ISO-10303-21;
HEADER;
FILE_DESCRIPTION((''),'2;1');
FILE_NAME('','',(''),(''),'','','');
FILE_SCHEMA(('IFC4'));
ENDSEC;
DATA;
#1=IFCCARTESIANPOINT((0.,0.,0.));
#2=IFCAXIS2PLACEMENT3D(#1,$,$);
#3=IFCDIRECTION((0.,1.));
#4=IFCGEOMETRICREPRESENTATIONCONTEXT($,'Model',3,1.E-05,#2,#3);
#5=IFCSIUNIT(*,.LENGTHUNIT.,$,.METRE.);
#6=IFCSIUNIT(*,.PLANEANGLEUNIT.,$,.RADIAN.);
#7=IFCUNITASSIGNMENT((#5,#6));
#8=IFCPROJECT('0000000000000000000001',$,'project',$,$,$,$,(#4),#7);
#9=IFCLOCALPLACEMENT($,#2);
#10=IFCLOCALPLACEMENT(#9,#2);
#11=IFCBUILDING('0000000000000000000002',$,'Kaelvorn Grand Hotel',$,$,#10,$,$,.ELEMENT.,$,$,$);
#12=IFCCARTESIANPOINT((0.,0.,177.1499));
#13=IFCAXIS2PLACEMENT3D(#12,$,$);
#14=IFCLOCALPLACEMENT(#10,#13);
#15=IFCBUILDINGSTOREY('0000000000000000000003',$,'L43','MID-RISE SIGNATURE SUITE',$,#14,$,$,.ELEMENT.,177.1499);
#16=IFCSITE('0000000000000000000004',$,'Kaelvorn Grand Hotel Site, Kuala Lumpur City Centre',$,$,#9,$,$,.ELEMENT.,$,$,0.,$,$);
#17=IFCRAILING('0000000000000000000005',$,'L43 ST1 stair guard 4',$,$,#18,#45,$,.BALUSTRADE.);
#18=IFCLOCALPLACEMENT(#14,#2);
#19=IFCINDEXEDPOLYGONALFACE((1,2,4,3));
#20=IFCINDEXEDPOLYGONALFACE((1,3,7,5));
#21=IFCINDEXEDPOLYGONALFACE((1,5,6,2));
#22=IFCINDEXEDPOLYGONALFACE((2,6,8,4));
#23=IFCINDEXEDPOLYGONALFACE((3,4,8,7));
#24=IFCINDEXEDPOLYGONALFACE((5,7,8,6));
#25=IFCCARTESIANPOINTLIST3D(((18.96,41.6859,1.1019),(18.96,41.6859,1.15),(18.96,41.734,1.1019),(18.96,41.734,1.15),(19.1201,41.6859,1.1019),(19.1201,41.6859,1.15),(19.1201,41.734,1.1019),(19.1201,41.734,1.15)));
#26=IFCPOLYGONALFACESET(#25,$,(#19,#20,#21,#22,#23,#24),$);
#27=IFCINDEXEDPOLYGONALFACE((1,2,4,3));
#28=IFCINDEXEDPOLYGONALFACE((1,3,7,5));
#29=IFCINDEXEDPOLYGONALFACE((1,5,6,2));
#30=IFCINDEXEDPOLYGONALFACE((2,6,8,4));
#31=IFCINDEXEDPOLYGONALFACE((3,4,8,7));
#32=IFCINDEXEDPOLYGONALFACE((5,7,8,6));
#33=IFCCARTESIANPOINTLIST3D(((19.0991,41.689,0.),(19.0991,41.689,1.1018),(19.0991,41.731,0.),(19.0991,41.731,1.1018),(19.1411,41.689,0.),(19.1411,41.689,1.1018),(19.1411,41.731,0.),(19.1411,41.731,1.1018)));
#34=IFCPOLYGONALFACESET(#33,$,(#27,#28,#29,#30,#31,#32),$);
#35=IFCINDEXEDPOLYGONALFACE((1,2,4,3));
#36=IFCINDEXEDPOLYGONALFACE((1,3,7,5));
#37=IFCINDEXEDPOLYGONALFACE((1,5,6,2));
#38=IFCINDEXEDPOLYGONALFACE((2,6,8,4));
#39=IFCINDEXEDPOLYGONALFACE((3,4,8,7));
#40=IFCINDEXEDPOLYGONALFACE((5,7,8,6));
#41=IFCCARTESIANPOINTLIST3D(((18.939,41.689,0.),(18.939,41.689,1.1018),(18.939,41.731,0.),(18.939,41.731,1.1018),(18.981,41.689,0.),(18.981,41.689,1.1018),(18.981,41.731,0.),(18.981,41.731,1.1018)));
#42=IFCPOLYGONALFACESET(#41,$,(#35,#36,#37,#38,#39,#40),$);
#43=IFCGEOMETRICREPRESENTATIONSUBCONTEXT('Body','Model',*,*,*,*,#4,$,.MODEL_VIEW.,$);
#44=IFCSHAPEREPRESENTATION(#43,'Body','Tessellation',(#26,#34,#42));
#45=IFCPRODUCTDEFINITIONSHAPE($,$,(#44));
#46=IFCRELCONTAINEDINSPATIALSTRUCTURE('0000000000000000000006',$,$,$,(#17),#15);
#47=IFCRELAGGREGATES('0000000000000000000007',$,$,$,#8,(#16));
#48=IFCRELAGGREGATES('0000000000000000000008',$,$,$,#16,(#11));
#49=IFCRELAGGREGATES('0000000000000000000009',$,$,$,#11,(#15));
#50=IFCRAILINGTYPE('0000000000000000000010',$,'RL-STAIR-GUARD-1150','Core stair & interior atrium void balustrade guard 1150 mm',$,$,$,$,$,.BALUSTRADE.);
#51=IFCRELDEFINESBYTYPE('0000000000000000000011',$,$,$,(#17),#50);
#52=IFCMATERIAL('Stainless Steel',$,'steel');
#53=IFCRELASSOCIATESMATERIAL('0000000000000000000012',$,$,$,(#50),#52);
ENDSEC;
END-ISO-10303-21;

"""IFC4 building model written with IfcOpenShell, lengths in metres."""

from ifc_helpers import new_model, si_unit, direction, frame, origin, origin_2d, place, context, subcontext, project, spatial, rectangle, extrude, material, type_object, element, save


model = new_model("IFC4")

# Units and contexts
model_context = context("Model", 3, precision=1e-05, world=origin(), true_north=direction((0.0, 1.0)))
body_context = subcontext(model_context, "Body", "Model", "MODEL_VIEW")
ifc_project = project(units=[si_unit("LENGTHUNIT", "METRE"), si_unit("PLANEANGLEUNIT", "RADIAN")], contexts=[model_context])

# Site, building, storey
site_placement = place(None, origin())
site = spatial("IfcSite", under=ifc_project, at=site_placement, Name="Kaelvorn Grand Hotel Site, Kuala Lumpur City Centre", CompositionType="ELEMENT", RefElevation=0.0)
building_placement = place(site_placement, origin())
building = spatial("IfcBuilding", under=site, at=building_placement, Name="Kaelvorn Grand Hotel", CompositionType="ELEMENT")
storey_placement = place(building_placement, frame((0.0, 0.0, 177.1499)))
storey = spatial("IfcBuildingStorey", under=building, at=storey_placement, Name="L43", Description="MID-RISE SIGNATURE SUITE", CompositionType="ELEMENT", Elevation=177.1499)

# Railing
ifc_material_1 = material(Name="Stainless Steel", Category="steel")
railing_type_1 = type_object("IfcRailingType", Name="RL-STAIR-GUARD-1150", Description="Core stair & interior atrium void balustrade guard 1150 mm", PredefinedType="BALUSTRADE", material=ifc_material_1)
railing_1_placement = place(storey_placement, frame((19.1201, 41.71, 0.0)))
element("IfcRailing", 1, at=railing_1_placement, inside=storey, type_object=railing_type_1, Name="L43 ST1 stair guard 4", PredefinedType="BALUSTRADE", context=body_context, shape_type="SweptSolid", body=[
    extrude(rectangle(XDim=0.0481, YDim=0.0481, at=origin_2d()), frame((0.0, 0.0, 1.126), z_axis=(-1.0, 0.0, 0.0), x_axis=(0.0, -1.0, 0.0)), (0.0, 0.0, 1.0), 0.1602),
    extrude(rectangle(XDim=0.042, YDim=0.042, at=origin_2d()), origin(), (0.0, 0.0, 1.0), 1.1018),
    extrude(rectangle(XDim=0.042, YDim=0.042, at=origin_2d()), frame((-0.1602, 0.0, 0.0)), (0.0, 0.0, 1.0), 1.1018),
])

save(model, "model.ifc")
